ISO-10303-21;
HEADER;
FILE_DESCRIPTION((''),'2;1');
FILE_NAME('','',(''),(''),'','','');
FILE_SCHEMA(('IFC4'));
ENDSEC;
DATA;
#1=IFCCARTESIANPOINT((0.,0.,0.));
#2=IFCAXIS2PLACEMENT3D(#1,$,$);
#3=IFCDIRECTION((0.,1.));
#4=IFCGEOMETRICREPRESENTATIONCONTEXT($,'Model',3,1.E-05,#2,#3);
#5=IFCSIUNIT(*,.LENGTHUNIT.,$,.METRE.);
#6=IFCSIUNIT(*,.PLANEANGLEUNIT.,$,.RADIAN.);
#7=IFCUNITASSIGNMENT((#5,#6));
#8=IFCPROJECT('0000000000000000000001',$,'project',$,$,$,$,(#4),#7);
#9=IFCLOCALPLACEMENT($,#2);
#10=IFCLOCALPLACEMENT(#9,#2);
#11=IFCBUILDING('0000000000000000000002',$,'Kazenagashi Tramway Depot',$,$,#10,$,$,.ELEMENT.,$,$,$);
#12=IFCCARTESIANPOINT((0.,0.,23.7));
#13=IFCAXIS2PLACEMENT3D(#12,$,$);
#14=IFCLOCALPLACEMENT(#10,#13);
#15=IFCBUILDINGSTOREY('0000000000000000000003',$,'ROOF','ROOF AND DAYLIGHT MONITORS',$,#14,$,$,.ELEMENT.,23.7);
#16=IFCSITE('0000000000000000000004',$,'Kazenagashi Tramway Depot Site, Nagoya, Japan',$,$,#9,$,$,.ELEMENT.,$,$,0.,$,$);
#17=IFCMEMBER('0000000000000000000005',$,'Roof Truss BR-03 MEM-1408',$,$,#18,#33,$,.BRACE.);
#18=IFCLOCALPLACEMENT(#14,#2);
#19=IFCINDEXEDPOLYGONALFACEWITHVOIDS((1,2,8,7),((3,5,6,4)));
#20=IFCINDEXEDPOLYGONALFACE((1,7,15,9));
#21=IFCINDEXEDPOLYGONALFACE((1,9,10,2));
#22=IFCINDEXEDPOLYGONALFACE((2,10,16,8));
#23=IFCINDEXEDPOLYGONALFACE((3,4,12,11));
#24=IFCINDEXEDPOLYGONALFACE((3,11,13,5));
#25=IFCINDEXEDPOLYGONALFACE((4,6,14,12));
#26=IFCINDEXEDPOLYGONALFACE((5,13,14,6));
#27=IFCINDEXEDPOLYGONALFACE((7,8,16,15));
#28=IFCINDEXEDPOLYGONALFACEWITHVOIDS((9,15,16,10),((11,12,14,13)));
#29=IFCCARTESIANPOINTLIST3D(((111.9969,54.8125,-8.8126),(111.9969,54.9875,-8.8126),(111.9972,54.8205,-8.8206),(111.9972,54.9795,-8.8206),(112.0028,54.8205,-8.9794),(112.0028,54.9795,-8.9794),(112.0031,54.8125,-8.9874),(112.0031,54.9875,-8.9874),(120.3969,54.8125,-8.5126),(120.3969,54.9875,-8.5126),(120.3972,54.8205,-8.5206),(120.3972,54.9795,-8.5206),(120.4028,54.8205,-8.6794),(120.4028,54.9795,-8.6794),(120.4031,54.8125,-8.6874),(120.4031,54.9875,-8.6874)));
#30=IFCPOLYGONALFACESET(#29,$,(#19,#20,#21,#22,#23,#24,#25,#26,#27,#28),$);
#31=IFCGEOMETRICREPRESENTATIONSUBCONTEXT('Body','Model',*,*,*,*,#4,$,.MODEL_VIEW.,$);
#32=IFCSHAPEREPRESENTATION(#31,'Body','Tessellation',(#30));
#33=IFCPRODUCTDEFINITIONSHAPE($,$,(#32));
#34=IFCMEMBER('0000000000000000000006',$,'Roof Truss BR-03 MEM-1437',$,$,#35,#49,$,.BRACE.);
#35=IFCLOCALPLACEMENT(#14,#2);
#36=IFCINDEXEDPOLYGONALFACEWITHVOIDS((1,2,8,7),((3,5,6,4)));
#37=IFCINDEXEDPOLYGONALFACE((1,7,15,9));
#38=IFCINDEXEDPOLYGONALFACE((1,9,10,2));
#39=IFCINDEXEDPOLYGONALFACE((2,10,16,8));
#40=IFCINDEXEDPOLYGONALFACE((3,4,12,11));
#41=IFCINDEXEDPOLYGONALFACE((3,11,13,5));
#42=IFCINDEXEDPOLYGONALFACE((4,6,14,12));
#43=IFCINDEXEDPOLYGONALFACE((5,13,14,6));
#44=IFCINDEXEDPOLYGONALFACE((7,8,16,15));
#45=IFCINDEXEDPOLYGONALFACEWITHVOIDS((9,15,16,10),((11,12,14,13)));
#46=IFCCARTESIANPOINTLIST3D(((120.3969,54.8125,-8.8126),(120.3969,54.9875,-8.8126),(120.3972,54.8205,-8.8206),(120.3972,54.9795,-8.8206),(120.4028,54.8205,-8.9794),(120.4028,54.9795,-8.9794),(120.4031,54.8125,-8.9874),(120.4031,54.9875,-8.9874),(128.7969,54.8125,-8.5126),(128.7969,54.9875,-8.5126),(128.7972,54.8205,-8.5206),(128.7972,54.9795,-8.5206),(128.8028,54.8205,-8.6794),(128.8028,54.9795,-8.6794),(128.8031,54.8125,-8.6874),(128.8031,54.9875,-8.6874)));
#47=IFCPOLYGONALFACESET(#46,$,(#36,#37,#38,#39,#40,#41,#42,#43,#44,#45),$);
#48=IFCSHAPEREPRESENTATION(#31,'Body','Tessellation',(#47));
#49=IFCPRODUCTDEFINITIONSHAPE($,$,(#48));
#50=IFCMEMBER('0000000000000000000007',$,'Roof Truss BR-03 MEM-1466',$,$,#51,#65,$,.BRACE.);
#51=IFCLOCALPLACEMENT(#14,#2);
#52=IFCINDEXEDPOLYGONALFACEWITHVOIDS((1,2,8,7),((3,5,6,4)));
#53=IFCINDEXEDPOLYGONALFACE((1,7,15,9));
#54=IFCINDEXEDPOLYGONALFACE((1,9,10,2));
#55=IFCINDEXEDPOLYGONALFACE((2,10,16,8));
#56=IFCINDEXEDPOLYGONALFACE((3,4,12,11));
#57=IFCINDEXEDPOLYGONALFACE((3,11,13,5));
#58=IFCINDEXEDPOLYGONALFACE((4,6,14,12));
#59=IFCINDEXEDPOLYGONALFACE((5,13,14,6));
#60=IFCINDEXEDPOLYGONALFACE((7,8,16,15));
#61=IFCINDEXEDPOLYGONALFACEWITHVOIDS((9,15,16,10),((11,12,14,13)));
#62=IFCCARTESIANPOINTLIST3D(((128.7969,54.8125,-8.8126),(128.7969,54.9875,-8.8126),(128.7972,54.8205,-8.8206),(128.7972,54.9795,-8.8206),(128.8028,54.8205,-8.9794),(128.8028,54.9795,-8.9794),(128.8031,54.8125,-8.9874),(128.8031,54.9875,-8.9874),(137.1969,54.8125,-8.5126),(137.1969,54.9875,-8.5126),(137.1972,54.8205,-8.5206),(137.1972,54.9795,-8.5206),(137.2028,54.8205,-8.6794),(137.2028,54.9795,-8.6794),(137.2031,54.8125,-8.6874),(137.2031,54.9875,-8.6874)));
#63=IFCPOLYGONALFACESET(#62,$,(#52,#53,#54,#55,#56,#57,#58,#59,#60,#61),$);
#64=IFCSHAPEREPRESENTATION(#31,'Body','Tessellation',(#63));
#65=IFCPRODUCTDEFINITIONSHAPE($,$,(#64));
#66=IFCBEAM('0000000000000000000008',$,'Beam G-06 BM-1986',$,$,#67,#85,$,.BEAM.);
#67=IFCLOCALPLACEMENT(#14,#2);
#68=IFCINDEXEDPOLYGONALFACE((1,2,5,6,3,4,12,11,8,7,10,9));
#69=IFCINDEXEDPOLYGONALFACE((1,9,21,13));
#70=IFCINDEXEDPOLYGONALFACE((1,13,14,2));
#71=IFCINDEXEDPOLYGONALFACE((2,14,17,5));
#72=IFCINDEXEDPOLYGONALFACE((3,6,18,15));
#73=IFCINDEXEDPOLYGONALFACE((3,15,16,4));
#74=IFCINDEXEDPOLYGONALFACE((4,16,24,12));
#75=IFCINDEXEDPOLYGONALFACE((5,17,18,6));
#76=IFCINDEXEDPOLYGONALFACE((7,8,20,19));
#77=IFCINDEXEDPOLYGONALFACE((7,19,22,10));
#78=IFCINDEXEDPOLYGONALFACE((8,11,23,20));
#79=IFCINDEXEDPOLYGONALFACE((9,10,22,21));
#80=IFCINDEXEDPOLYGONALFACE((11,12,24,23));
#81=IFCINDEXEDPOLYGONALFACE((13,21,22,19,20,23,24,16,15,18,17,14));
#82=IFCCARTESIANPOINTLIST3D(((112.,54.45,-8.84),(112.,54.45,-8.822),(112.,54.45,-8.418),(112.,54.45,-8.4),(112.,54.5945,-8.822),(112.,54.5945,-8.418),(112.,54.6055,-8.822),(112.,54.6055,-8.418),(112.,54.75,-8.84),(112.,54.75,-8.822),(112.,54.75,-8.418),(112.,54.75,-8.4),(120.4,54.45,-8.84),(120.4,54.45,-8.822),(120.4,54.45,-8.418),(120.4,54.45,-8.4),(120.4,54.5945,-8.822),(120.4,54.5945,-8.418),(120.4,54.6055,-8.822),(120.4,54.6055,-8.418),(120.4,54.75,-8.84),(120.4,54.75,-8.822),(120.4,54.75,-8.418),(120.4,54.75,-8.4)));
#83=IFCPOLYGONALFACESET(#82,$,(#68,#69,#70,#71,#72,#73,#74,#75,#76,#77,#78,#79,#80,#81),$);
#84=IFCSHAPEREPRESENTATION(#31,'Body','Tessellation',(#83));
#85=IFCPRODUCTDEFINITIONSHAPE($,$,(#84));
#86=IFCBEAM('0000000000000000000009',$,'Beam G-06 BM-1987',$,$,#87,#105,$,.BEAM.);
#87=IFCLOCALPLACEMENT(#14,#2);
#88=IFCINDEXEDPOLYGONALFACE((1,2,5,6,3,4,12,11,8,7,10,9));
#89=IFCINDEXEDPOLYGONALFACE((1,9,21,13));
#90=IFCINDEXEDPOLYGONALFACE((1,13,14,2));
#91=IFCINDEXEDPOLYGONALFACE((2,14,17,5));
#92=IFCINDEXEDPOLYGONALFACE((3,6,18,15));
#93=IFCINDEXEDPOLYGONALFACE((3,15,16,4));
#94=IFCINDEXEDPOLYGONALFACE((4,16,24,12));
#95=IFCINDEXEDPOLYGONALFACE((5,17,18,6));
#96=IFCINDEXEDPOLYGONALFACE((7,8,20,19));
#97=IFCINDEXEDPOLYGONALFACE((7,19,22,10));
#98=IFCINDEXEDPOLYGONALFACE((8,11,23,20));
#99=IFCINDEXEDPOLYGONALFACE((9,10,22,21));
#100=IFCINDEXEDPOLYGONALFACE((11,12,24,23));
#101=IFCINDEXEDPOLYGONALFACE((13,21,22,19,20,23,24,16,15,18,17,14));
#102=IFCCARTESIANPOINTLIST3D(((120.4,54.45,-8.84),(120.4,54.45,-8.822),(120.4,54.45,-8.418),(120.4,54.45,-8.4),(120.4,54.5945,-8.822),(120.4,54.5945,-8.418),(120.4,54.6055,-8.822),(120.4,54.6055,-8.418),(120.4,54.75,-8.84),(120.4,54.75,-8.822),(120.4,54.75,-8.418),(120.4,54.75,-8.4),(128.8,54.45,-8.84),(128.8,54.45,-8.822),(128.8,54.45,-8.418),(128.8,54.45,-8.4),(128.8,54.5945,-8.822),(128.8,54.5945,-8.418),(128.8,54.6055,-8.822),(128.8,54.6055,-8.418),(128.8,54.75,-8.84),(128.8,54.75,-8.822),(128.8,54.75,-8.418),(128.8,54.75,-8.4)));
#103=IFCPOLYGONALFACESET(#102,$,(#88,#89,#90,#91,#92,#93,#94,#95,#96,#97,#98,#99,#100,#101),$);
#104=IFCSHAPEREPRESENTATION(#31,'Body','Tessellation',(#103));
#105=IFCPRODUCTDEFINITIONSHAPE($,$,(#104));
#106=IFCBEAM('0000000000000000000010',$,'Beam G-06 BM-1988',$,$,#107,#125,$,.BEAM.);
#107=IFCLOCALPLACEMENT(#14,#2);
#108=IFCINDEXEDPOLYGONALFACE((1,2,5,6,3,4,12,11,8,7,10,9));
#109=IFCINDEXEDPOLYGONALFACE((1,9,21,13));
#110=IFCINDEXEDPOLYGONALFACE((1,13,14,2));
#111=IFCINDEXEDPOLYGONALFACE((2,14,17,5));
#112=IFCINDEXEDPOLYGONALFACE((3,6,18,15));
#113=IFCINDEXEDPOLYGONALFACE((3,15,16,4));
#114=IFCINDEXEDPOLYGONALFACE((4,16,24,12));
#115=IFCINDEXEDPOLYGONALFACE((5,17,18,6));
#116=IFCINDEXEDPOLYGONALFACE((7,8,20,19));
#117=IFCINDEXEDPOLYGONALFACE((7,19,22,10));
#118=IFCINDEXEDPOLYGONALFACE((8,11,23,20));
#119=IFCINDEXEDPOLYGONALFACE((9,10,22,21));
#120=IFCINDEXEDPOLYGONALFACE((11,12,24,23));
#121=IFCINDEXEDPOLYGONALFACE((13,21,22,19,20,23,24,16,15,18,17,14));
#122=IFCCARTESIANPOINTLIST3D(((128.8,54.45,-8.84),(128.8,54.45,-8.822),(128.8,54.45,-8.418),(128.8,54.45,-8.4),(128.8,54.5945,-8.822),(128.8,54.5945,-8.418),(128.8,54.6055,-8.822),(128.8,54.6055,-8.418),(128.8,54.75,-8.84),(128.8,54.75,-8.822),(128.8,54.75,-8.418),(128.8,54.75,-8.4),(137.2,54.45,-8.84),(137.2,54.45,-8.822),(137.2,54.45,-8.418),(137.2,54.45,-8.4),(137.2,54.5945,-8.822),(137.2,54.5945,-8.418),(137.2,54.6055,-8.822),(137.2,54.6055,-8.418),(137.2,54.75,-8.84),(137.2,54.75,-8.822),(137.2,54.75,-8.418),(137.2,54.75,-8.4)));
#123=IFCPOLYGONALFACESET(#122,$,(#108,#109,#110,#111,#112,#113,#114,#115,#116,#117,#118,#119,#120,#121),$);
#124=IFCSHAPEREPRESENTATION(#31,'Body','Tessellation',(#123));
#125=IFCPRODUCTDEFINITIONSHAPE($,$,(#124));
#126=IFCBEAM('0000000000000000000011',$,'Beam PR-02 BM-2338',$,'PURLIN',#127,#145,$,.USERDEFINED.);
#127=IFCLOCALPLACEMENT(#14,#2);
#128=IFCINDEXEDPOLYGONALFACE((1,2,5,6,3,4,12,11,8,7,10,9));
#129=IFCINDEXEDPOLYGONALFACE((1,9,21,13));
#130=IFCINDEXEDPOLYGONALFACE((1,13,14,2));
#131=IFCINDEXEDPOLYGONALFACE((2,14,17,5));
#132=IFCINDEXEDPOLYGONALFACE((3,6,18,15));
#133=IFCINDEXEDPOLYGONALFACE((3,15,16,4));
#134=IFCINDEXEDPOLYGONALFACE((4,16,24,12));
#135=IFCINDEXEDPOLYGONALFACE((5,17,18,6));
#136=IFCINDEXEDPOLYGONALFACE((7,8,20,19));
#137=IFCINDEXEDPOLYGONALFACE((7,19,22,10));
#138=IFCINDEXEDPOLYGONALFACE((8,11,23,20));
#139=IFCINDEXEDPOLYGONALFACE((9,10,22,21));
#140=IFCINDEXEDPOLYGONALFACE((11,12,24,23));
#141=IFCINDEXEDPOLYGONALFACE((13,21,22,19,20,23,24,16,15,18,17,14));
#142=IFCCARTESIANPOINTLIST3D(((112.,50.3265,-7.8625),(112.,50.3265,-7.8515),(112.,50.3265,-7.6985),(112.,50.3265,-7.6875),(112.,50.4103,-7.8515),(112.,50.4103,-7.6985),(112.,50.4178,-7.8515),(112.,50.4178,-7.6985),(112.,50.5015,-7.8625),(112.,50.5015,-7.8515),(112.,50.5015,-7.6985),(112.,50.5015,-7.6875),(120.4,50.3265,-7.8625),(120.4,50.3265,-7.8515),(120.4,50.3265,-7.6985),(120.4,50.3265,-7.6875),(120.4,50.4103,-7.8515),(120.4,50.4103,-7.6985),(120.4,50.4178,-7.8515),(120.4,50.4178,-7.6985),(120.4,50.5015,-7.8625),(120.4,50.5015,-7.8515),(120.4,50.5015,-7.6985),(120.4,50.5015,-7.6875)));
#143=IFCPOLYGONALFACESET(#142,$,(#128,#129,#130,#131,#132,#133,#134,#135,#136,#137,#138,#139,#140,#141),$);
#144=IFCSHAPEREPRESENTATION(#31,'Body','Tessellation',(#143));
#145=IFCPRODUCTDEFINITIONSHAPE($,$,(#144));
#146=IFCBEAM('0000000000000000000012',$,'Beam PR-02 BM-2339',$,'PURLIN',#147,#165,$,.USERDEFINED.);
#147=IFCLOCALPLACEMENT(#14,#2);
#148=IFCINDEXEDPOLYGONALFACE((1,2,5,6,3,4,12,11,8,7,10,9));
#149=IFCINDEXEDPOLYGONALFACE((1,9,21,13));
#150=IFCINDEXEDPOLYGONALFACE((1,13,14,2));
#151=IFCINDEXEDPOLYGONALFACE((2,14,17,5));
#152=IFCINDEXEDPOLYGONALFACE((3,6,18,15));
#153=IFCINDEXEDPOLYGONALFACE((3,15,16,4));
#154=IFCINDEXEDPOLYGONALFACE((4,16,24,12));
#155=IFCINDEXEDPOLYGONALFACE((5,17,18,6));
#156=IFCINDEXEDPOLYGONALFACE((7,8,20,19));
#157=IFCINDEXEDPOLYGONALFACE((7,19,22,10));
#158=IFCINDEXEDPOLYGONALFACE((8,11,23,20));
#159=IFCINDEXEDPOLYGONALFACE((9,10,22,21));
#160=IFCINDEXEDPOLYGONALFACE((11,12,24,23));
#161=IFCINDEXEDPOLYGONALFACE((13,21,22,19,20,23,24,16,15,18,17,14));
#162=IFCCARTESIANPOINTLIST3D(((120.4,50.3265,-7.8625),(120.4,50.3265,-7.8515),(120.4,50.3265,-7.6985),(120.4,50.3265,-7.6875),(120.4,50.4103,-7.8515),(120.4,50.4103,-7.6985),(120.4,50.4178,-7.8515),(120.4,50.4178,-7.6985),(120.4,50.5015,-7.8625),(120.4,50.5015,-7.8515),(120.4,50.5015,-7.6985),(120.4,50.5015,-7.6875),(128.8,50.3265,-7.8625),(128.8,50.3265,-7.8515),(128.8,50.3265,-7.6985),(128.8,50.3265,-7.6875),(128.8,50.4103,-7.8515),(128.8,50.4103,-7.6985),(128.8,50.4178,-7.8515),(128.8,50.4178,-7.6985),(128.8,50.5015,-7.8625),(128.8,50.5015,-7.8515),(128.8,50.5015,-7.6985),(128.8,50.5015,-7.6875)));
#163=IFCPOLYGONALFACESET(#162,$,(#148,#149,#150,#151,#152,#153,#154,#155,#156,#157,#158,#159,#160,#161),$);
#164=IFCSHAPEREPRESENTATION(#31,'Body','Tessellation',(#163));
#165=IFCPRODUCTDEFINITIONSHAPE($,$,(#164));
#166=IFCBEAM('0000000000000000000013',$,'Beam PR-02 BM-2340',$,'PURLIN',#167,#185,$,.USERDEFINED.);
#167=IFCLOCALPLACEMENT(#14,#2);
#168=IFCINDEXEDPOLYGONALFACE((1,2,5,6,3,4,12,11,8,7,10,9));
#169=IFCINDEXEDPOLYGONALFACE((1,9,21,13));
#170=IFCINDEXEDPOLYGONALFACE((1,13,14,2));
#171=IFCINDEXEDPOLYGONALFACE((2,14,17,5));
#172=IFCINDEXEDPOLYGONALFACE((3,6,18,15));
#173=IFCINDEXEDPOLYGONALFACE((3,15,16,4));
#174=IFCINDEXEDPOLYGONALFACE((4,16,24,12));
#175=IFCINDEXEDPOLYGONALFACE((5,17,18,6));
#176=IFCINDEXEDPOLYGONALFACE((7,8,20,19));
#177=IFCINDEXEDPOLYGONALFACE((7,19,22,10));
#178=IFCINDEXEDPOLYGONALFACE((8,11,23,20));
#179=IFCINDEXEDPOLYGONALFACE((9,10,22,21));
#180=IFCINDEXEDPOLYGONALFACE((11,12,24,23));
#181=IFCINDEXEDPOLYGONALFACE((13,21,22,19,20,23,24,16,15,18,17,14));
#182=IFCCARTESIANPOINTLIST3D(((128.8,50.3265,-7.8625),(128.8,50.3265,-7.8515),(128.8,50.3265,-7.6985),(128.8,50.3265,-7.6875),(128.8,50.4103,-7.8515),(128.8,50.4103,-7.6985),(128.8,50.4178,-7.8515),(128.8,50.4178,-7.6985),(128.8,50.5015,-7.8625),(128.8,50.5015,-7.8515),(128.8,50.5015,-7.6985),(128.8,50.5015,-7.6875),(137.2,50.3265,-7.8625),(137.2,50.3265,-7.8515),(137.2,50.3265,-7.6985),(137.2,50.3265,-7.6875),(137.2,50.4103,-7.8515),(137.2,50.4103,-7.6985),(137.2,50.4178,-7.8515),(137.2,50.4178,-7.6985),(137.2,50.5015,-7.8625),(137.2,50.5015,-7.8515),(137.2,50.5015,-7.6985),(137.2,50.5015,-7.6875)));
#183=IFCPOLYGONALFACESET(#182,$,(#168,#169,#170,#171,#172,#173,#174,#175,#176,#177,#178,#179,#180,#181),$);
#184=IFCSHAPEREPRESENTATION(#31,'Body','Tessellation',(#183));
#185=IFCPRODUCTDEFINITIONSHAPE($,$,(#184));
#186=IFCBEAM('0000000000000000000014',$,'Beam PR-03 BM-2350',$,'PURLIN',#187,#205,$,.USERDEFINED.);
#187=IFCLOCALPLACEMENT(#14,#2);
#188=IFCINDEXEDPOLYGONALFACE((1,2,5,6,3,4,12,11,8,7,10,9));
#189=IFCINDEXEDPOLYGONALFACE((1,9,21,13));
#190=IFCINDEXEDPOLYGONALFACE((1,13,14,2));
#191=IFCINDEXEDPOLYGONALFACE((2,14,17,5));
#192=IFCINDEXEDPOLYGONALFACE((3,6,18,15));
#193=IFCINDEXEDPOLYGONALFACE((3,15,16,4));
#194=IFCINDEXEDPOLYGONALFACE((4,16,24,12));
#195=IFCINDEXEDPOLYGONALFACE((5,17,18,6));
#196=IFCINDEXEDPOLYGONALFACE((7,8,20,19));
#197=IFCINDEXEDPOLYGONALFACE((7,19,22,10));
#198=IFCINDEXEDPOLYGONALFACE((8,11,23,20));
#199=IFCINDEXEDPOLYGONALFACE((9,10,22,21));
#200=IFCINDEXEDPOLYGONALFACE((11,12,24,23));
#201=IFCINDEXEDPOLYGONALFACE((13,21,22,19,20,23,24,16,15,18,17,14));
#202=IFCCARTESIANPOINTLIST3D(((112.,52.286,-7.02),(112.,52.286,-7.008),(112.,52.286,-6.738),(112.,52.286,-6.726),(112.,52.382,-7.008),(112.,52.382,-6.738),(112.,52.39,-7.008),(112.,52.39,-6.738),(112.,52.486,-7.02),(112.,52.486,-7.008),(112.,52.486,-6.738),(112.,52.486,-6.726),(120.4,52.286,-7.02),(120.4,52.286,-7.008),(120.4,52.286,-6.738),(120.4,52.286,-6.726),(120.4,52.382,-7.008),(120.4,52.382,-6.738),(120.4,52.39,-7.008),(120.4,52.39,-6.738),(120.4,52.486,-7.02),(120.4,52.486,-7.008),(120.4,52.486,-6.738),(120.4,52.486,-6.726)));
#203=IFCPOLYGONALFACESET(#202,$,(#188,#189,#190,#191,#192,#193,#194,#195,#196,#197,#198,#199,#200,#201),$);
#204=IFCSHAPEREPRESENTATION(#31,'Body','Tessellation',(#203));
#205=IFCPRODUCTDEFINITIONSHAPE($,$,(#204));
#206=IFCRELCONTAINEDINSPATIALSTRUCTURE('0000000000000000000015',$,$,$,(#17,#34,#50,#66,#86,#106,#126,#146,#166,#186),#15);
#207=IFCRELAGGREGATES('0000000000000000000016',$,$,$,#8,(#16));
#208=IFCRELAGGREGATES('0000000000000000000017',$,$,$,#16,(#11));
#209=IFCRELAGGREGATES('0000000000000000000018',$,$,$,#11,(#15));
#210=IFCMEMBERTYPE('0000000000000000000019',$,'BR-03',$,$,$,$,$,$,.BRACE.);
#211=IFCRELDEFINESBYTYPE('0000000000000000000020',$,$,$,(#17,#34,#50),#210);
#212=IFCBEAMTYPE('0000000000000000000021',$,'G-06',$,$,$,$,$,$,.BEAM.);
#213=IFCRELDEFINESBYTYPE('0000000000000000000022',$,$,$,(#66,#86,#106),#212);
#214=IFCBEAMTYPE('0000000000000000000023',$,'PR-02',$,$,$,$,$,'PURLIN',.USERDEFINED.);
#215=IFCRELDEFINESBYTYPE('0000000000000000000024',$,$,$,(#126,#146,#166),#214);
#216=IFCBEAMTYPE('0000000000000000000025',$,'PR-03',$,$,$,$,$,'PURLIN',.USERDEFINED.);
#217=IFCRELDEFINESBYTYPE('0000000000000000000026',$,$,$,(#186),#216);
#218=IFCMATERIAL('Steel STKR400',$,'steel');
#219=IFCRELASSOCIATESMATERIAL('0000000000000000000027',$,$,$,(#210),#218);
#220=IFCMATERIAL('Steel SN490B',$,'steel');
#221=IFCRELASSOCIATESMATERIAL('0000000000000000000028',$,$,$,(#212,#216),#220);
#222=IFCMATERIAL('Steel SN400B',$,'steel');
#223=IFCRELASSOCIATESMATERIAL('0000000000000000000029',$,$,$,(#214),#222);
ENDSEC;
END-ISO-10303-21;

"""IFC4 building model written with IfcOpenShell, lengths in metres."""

from ifc_helpers import new_model, si_unit, direction, frame, origin, origin_2d, place, context, subcontext, project, spatial, hollow_rectangle, i_section, extrude, material, material_profile, profile_set, type_object, element, save


model = new_model("IFC4")

# Units and contexts
model_context = context("Model", 3, precision=1e-05, world=origin(), true_north=direction((0.0, 1.0)))
body_context = subcontext(model_context, "Body", "Model", "MODEL_VIEW")
ifc_project = project(units=[si_unit("LENGTHUNIT", "METRE"), si_unit("PLANEANGLEUNIT", "RADIAN")], contexts=[model_context])

# Site, building, storey
site_placement = place(None, origin())
site = spatial("IfcSite", under=ifc_project, at=site_placement, Name="Kazenagashi Tramway Depot Site, Nagoya, Japan", CompositionType="ELEMENT", RefElevation=0.0)
building_placement = place(site_placement, origin())
building = spatial("IfcBuilding", under=site, at=building_placement, Name="Kazenagashi Tramway Depot", CompositionType="ELEMENT")
storey_placement = place(building_placement, frame((0.0, 0.0, 23.7)))
storey = spatial("IfcBuildingStorey", under=building, at=storey_placement, Name="ROOF", Description="ROOF AND DAYLIGHT MONITORS", CompositionType="ELEMENT", Elevation=23.7)

# Members
ifc_material_1 = material(Name="Steel STKR400", Category="steel")
ifc_material_profile_1 = material_profile(ifc_material_1, hollow_rectangle(XDim=0.175, YDim=0.175, WallThickness=0.008, at=origin_2d()), Name="SHS-175x175x8")
ifc_profile_set_1 = profile_set([ifc_material_profile_1], Name="Steel STKR400")
member_type_1 = type_object("IfcMemberType", Name="BR-03", PredefinedType="BRACE", material=ifc_profile_set_1)
for number, where, z_axis, x_axis, name in (
    (1, (112.0, 54.9, -8.9), (0.999363, 0.0, 0.035692), (0.0, 1.0, 0.0), "Roof Truss BR-03 MEM-1408"),
    (2, (120.4, 54.9, -8.9), (0.999363, 0.0, 0.035692), (0.0, 1.0, 0.0), "Roof Truss BR-03 MEM-1437"),
    (3, (128.8, 54.9, -8.9), (0.999363, 0.0, 0.035692), (0.0, 1.0, 0.0), "Roof Truss BR-03 MEM-1466"),
):
    element("IfcMember", number, at=place(storey_placement, frame(where, z_axis=z_axis, x_axis=x_axis)), inside=storey, type_object=member_type_1, Name=name, PredefinedType="BRACE", context=body_context, shape_type="SweptSolid", body=[
        extrude(hollow_rectangle(XDim=0.175, YDim=0.175, WallThickness=0.008, at=origin_2d()), origin(), (0.0, 0.0, 1.0), 8.4054),
    ])

# Beams
ifc_material_2 = material(Name="Steel SN490B", Category="steel")
ifc_material_profile_2 = material_profile(ifc_material_2, i_section(OverallWidth=0.3, OverallDepth=0.44, WebThickness=0.011, FlangeThickness=0.018, at=origin_2d()), Name="H-440x300x11x18")
ifc_profile_set_2 = profile_set([ifc_material_profile_2], Name="Steel SN490B")
beam_type_1 = type_object("IfcBeamType", Name="G-06", PredefinedType="BEAM", material=ifc_profile_set_2)
for number, where, z_axis, x_axis, name in (
    (4, (112.0, 54.6, -8.62), (1.0, 0.0, 0.0), (0.0, 1.0, 0.0), "Beam G-06 BM-1986"),
    (5, (120.4, 54.6, -8.62), (1.0, 0.0, 0.0), (0.0, 1.0, 0.0), "Beam G-06 BM-1987"),
    (6, (128.8, 54.6, -8.62), (1.0, 0.0, 0.0), (0.0, 1.0, 0.0), "Beam G-06 BM-1988"),
):
    element("IfcBeam", number, at=place(storey_placement, frame(where, z_axis=z_axis, x_axis=x_axis)), inside=storey, type_object=beam_type_1, Name=name, PredefinedType="BEAM", context=body_context, shape_type="SweptSolid", body=[
        extrude(i_section(OverallWidth=0.3, OverallDepth=0.44, WebThickness=0.011, FlangeThickness=0.018, at=origin_2d()), origin(), (0.0, 0.0, 1.0), 8.4),
    ])
ifc_material_3 = material(Name="Steel SN400B", Category="steel")
ifc_material_profile_3 = material_profile(ifc_material_3, i_section(OverallWidth=0.175, OverallDepth=0.175, WebThickness=0.0075, FlangeThickness=0.011, at=origin_2d()), Name="H-175x175x7.5x11")
ifc_profile_set_3 = profile_set([ifc_material_profile_3], Name="Steel SN400B")
beam_type_2 = type_object("IfcBeamType", Name="PR-02", ElementType="PURLIN", PredefinedType="USERDEFINED", material=ifc_profile_set_3)
for number, where, z_axis, x_axis, name in (
    (7, (112.0, 50.414, -7.775), (1.0, 0.0, 0.0), (0.0, 1.0, 0.0), "Beam PR-02 BM-2338"),
    (8, (120.4, 50.414, -7.775), (1.0, 0.0, 0.0), (0.0, 1.0, 0.0), "Beam PR-02 BM-2339"),
    (9, (128.8, 50.414, -7.775), (1.0, 0.0, 0.0), (0.0, 1.0, 0.0), "Beam PR-02 BM-2340"),
):
    element("IfcBeam", number, at=place(storey_placement, frame(where, z_axis=z_axis, x_axis=x_axis)), inside=storey, type_object=beam_type_2, Name=name, ObjectType="PURLIN", PredefinedType="USERDEFINED", context=body_context, shape_type="SweptSolid", body=[
        extrude(i_section(OverallWidth=0.175, OverallDepth=0.175, WebThickness=0.0075, FlangeThickness=0.011, at=origin_2d()), origin(), (0.0, 0.0, 1.0), 8.4),
    ])
ifc_material_profile_4 = material_profile(ifc_material_2, i_section(OverallWidth=0.2, OverallDepth=0.294, WebThickness=0.008, FlangeThickness=0.012, at=origin_2d()), Name="H-294x200x8x12")
ifc_profile_set_4 = profile_set([ifc_material_profile_4], Name="Steel SN490B")
beam_type_3 = type_object("IfcBeamType", Name="PR-03", ElementType="PURLIN", PredefinedType="USERDEFINED", material=ifc_profile_set_4)
for number, where, z_axis, x_axis, name in (
    (10, (112.0, 52.386, -6.873), (1.0, 0.0, 0.0), (0.0, 1.0, 0.0), "Beam PR-03 BM-2350"),
):
    element("IfcBeam", number, at=place(storey_placement, frame(where, z_axis=z_axis, x_axis=x_axis)), inside=storey, type_object=beam_type_3, Name=name, ObjectType="PURLIN", PredefinedType="USERDEFINED", context=body_context, shape_type="SweptSolid", body=[
        extrude(i_section(OverallWidth=0.2, OverallDepth=0.294, WebThickness=0.008, FlangeThickness=0.012, at=origin_2d()), origin(), (0.0, 0.0, 1.0), 8.4),
    ])

save(model, "model.ifc")
